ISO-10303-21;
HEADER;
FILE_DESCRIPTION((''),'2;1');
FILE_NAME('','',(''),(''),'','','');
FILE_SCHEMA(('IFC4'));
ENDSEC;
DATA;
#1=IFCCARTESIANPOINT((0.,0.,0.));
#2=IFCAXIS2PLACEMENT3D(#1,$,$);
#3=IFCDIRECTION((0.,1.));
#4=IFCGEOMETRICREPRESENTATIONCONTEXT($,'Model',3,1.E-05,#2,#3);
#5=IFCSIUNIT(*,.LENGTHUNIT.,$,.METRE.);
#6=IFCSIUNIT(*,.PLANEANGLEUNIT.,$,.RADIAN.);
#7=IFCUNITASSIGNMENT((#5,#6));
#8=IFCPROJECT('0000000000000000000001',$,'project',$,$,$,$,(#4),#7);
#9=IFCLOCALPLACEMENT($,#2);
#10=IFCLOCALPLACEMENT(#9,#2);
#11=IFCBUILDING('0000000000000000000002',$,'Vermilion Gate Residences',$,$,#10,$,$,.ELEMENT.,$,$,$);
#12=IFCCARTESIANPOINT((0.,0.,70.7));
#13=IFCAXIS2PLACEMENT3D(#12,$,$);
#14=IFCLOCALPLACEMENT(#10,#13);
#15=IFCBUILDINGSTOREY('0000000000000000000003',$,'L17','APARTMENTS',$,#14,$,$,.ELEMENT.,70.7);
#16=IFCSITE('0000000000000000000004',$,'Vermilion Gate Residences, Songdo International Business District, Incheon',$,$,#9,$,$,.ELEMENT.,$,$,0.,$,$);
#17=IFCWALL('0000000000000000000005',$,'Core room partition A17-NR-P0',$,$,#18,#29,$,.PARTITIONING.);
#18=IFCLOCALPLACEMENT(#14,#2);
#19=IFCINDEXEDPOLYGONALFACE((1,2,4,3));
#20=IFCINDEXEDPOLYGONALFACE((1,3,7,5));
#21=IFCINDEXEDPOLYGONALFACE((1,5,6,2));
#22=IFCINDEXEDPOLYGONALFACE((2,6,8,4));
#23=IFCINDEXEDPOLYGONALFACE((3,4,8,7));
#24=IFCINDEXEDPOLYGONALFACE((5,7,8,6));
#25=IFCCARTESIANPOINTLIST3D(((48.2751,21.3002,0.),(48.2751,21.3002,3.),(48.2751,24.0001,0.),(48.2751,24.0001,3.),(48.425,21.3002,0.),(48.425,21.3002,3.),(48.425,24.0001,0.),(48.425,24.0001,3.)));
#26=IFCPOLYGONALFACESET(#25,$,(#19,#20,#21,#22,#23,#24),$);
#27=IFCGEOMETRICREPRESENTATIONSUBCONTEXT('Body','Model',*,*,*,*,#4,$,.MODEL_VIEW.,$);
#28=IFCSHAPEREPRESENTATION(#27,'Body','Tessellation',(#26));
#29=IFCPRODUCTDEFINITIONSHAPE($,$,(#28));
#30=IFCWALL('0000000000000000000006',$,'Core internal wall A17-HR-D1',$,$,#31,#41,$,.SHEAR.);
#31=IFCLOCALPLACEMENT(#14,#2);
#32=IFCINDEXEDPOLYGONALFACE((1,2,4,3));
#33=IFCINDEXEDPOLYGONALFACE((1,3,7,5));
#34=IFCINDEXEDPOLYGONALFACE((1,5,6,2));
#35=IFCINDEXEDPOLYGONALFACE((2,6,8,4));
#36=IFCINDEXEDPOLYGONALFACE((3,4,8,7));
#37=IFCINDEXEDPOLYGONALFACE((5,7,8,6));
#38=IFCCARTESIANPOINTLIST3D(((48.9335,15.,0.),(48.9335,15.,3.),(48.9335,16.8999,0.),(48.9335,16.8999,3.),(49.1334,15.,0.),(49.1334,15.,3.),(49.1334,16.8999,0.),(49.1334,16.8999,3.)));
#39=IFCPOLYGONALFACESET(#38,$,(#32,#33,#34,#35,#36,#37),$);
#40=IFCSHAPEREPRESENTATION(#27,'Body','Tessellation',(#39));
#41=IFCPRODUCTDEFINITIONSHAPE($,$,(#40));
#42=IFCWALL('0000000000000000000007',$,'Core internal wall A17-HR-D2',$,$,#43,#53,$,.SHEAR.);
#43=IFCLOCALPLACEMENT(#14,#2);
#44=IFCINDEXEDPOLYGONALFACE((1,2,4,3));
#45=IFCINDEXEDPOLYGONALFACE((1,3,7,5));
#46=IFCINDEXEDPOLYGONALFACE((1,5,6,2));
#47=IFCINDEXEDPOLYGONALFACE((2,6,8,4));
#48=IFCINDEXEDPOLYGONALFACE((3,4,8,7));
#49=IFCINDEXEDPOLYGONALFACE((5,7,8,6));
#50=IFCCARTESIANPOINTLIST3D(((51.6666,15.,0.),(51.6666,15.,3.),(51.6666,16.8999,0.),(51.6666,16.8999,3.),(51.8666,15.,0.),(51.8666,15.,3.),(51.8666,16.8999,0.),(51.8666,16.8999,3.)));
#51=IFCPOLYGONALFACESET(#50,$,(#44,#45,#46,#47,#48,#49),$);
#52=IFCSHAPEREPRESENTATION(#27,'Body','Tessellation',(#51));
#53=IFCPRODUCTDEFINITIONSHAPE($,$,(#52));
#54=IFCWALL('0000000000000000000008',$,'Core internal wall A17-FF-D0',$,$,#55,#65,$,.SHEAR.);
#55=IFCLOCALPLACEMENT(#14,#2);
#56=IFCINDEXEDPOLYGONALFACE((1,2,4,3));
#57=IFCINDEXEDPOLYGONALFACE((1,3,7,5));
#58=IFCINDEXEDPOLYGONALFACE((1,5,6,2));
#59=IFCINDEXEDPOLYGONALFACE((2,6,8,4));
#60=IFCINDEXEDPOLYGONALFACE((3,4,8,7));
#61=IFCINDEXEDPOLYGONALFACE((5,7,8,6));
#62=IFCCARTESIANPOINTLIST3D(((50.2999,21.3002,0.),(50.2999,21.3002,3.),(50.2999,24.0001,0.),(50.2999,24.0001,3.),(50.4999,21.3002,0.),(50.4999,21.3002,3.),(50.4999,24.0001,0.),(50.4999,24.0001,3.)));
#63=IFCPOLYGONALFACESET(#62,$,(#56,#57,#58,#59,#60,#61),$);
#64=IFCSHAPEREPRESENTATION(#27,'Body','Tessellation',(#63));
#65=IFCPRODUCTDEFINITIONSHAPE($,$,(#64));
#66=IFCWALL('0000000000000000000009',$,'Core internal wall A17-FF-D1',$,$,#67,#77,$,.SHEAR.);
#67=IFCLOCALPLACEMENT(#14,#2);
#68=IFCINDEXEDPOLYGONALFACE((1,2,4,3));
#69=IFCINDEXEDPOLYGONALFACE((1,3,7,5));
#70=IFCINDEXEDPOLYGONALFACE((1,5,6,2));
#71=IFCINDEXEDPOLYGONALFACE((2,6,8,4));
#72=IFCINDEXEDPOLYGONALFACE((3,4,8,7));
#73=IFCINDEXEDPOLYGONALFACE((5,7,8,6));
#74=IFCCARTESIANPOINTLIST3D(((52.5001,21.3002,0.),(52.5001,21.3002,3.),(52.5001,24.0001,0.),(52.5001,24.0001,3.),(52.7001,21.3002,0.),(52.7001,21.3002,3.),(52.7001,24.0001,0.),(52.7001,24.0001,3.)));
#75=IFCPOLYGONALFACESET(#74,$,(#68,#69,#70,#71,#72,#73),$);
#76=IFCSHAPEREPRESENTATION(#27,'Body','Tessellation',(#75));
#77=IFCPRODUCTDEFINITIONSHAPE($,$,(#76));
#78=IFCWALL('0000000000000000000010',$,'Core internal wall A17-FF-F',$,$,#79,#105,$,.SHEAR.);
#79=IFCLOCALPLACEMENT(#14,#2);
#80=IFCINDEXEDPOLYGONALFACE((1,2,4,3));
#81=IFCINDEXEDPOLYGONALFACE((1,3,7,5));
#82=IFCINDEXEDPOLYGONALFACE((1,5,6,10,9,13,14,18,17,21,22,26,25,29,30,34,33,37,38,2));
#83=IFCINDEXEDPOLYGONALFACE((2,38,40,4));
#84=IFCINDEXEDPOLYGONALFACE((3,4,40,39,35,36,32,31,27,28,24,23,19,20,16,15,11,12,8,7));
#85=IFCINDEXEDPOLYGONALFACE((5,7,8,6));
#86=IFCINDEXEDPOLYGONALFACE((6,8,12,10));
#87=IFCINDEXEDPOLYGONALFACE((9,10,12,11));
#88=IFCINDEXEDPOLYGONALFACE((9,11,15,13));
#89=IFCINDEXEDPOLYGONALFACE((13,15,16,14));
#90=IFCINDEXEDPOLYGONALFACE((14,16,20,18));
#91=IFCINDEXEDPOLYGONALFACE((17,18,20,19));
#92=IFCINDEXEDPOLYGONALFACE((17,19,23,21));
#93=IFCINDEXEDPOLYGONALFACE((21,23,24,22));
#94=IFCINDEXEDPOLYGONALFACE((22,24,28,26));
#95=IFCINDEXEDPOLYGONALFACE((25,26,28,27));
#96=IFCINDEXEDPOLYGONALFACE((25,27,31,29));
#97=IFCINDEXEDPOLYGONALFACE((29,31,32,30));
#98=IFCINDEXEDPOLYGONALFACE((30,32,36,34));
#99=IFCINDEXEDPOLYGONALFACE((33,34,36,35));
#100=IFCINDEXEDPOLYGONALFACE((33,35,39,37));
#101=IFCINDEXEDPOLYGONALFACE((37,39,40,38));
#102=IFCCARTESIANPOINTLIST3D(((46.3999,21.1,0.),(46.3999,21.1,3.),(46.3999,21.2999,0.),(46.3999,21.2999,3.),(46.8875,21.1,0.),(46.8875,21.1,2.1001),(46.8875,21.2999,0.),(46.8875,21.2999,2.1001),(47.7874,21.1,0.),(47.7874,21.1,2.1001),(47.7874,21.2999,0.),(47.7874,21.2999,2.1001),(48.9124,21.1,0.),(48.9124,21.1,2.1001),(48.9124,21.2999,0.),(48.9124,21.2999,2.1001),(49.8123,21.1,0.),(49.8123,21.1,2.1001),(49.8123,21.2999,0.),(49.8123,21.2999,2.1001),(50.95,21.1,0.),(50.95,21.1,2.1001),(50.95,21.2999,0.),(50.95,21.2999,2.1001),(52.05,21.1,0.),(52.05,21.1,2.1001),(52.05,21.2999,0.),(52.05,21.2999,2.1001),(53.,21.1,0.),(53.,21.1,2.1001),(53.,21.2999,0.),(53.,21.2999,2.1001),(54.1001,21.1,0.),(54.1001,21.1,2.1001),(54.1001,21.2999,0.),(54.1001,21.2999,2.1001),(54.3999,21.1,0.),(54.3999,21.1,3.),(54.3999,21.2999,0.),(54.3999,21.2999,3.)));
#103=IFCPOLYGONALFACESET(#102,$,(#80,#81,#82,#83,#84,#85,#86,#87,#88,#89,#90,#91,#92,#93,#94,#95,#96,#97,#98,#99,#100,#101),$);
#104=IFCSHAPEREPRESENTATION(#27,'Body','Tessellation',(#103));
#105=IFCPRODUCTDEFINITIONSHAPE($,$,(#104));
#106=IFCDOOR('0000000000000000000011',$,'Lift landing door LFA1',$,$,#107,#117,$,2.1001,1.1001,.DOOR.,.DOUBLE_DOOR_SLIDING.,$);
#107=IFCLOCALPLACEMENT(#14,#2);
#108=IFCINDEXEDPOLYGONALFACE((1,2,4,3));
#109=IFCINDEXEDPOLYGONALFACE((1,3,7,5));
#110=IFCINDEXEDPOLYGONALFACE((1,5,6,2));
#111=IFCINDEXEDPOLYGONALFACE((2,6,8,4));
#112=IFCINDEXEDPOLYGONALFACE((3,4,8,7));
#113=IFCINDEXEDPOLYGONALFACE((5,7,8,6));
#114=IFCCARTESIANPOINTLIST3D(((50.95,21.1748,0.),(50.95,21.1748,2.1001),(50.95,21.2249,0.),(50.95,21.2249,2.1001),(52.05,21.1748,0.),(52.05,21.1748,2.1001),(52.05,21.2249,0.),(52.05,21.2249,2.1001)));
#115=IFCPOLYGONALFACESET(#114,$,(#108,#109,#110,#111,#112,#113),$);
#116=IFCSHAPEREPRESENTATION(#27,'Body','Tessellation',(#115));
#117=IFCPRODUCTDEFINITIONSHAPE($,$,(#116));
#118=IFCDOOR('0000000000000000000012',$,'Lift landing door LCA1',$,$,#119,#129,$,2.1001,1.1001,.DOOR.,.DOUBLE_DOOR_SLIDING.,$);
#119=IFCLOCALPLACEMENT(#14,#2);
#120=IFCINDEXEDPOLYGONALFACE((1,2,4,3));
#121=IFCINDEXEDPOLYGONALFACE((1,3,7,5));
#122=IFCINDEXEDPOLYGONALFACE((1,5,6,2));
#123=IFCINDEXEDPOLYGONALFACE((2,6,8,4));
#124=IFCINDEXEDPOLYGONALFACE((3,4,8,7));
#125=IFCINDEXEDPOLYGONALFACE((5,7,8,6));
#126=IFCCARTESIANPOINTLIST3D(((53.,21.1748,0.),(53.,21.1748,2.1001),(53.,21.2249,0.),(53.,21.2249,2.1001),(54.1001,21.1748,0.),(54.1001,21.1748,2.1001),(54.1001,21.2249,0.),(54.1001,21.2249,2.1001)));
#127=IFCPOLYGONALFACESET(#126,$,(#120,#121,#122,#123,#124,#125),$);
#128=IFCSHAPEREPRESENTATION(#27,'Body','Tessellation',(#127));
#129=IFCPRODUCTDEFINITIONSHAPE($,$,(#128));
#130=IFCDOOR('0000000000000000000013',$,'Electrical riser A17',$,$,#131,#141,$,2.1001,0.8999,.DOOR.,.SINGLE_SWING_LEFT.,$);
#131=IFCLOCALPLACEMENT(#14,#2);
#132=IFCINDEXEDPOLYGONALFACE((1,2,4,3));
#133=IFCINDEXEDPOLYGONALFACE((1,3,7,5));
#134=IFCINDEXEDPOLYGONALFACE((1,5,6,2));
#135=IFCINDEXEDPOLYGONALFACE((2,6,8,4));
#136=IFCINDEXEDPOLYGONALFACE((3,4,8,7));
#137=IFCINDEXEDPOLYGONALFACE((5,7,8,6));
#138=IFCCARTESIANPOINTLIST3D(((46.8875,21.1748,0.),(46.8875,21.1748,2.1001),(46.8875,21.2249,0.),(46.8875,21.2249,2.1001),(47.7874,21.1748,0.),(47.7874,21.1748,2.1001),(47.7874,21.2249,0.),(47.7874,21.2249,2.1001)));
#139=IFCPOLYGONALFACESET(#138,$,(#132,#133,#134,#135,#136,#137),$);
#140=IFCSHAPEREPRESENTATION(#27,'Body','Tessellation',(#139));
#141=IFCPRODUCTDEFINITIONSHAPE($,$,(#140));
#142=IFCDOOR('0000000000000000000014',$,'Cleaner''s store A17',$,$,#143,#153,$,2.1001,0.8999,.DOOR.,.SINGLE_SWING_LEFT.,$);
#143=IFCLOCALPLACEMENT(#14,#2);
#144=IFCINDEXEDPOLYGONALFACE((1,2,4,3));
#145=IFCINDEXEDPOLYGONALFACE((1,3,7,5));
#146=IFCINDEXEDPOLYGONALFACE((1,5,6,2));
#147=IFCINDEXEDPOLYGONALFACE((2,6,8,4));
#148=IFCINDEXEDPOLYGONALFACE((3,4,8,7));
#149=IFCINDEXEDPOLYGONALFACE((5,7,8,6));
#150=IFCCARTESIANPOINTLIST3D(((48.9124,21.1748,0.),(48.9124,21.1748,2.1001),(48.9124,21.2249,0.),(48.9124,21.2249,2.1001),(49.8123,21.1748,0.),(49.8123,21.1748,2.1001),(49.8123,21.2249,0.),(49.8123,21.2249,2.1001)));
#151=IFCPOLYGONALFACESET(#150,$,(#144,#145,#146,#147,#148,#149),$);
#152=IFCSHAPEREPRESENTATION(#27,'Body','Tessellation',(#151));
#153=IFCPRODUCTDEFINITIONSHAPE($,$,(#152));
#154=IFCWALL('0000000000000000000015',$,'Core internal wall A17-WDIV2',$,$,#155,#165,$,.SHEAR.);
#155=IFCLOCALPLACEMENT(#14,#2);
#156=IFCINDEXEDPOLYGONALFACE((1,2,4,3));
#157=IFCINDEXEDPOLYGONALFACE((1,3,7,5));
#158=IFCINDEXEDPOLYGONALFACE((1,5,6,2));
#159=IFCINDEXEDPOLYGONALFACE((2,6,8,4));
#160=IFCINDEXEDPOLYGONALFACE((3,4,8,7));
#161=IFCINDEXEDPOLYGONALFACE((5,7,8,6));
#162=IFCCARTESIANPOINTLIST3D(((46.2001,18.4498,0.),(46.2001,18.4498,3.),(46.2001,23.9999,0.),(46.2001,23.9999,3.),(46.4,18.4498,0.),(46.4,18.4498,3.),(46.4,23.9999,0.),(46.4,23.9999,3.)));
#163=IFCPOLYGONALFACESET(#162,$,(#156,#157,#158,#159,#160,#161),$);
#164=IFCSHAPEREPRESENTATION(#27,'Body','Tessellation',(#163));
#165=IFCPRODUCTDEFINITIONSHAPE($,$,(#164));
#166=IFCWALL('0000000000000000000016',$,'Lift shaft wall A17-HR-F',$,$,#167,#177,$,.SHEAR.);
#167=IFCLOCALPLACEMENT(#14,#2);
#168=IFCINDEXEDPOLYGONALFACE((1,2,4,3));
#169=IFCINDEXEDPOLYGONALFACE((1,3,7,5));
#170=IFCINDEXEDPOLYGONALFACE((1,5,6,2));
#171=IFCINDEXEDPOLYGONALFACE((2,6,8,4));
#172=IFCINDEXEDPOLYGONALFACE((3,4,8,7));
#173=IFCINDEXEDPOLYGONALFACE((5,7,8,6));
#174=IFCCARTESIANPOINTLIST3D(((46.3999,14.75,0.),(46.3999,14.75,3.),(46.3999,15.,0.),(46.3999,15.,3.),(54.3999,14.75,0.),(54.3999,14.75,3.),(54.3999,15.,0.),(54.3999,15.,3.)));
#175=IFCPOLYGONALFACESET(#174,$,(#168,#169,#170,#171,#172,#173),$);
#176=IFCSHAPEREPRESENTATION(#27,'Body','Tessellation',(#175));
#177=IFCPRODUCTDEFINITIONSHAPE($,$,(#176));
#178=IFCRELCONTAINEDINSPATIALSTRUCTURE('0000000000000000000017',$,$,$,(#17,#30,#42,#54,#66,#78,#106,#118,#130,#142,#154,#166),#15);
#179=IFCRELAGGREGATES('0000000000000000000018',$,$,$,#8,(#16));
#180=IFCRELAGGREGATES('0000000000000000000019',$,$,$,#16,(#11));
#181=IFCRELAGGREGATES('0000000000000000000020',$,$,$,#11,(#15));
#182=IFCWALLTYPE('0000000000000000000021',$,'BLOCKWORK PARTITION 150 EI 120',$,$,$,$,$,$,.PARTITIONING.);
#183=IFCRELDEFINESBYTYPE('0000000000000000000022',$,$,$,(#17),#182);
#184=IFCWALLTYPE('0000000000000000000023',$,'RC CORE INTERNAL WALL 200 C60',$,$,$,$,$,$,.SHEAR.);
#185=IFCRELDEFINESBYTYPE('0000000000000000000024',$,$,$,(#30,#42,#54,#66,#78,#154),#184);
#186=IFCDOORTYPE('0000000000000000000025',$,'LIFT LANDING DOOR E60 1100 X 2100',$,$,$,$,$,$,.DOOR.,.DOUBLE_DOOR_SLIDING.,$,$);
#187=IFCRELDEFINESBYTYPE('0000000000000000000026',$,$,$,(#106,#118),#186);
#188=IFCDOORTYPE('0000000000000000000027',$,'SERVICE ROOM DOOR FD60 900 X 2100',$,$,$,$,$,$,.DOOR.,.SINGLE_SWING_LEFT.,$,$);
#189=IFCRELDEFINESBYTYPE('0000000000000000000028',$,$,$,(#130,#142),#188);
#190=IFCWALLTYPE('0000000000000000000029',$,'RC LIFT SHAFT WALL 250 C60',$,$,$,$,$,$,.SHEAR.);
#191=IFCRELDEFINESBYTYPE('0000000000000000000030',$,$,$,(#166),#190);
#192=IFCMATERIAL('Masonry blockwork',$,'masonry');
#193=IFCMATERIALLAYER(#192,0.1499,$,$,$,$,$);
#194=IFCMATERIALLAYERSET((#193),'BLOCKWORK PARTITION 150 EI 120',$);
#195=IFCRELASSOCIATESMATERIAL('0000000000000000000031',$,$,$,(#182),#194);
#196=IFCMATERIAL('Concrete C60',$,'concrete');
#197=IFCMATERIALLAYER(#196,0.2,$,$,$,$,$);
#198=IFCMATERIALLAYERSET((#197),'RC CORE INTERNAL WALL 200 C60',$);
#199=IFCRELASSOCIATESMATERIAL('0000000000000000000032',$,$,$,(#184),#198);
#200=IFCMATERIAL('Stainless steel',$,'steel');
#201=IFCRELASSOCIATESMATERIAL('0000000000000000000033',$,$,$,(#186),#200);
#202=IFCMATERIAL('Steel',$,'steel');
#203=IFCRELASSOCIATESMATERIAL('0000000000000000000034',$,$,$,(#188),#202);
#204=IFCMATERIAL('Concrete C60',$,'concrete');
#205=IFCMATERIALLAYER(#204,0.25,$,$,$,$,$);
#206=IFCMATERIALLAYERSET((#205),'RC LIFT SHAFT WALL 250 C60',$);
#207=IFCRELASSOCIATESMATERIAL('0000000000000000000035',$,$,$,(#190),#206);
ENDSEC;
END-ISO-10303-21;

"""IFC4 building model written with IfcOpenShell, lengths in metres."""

from ifc_helpers import new_model, si_unit, direction, frame, frame_2d, origin, place, context, subcontext, project, spatial, rectangle, extrude, material, layer, layer_set, type_object, element, fill, save


model = new_model("IFC4")

# Units and contexts
model_context = context("Model", 3, precision=1e-05, world=origin(), true_north=direction((0.0, 1.0)))
body_context = subcontext(model_context, "Body", "Model", "MODEL_VIEW")
ifc_project = project(units=[si_unit("LENGTHUNIT", "METRE"), si_unit("PLANEANGLEUNIT", "RADIAN")], contexts=[model_context])

# Site, building, storey
site_placement = place(None, origin())
site = spatial("IfcSite", under=ifc_project, at=site_placement, Name="Vermilion Gate Residences, Songdo International Business District, Incheon", CompositionType="ELEMENT", RefElevation=0.0)
building_placement = place(site_placement, origin())
building = spatial("IfcBuilding", under=site, at=building_placement, Name="Vermilion Gate Residences", CompositionType="ELEMENT")
storey_placement = place(building_placement, frame((0.0, 0.0, 70.7)))
storey = spatial("IfcBuildingStorey", under=building, at=storey_placement, Name="L17", Description="APARTMENTS", CompositionType="ELEMENT", Elevation=70.7)

# Walls
ifc_material_1 = material(Name="Masonry blockwork", Category="masonry")
ifc_layer_1 = layer(ifc_material_1, 0.1499)
ifc_layer_set_1 = layer_set([ifc_layer_1], Name="BLOCKWORK PARTITION 150 EI 120")
wall_type_1 = type_object("IfcWallType", Name="BLOCKWORK PARTITION 150 EI 120", PredefinedType="PARTITIONING", material=ifc_layer_set_1)
wall_1_placement = place(storey_placement, frame((48.3501, 21.3, 0.0), z_axis=(0.0, 0.0, 1.0), x_axis=(0.0, 1.0, 0.0)))
element("IfcWall", 1, at=wall_1_placement, inside=storey, type_object=wall_type_1, Name="Core room partition A17-NR-P0", PredefinedType="PARTITIONING", context=body_context, shape_type="SweptSolid", body=[
    extrude(rectangle(XDim=2.7, YDim=0.1499, at=frame_2d((1.3501, 0.0))), origin(), (0.0, 0.0, 1.0), 3.0),
])
ifc_material_2 = material(Name="Concrete C60", Category="concrete")
ifc_layer_2 = layer(ifc_material_2, 0.2)
ifc_layer_set_2 = layer_set([ifc_layer_2], Name="RC CORE INTERNAL WALL 200 C60")
wall_type_2 = type_object("IfcWallType", Name="RC CORE INTERNAL WALL 200 C60", PredefinedType="SHEAR", material=ifc_layer_set_2)
for number, where, z_axis, x_axis, name in (
    (2, (49.0334, 15.0, 0.0), (0.0, 0.0, 1.0), (0.0, 1.0, 0.0), "Core internal wall A17-HR-D1"),
    (3, (51.7666, 15.0, 0.0), (0.0, 0.0, 1.0), (0.0, 1.0, 0.0), "Core internal wall A17-HR-D2"),
):
    element("IfcWall", number, at=place(storey_placement, frame(where, z_axis=z_axis, x_axis=x_axis)), inside=storey, type_object=wall_type_2, Name=name, PredefinedType="SHEAR", context=body_context, shape_type="SweptSolid", body=[
        extrude(rectangle(XDim=1.8999, YDim=0.2, at=frame_2d((0.95, 0.0))), origin(), (0.0, 0.0, 1.0), 3.0),
    ])
for number, where, z_axis, x_axis, name in (
    (4, (50.3999, 21.3, 0.0), (0.0, 0.0, 1.0), (0.0, 1.0, 0.0), "Core internal wall A17-FF-D0"),
    (5, (52.6001, 21.3, 0.0), (0.0, 0.0, 1.0), (0.0, 1.0, 0.0), "Core internal wall A17-FF-D1"),
):
    element("IfcWall", number, at=place(storey_placement, frame(where, z_axis=z_axis, x_axis=x_axis)), inside=storey, type_object=wall_type_2, Name=name, PredefinedType="SHEAR", context=body_context, shape_type="SweptSolid", body=[
        extrude(rectangle(XDim=2.7, YDim=0.2, at=frame_2d((1.3501, 0.0))), origin(), (0.0, 0.0, 1.0), 3.0),
    ])

# Wall, openings, doors
wall_2_placement = place(storey_placement, frame((46.3999, 21.2, 0.0), z_axis=(0.0, 0.0, 1.0), x_axis=(1.0, 0.0, 0.0)))
wall_2 = element("IfcWall", 6, at=wall_2_placement, inside=storey, type_object=wall_type_2, Name="Core internal wall A17-FF-F", PredefinedType="SHEAR", context=body_context, shape_type="SweptSolid", body=[
    extrude(rectangle(XDim=8.0, YDim=0.2, at=frame_2d((4.0, 0.0))), origin(), (0.0, 0.0, 1.0), 3.0),
])
opening_1_placement = place(wall_2_placement, frame((0.4875, 0.0, 0.0)))
opening_1 = element("IfcOpeningElement", 7, at=opening_1_placement, cuts=wall_2, PredefinedType="OPENING", context=body_context, shape_type="SweptSolid", body=[
    extrude(rectangle(XDim=0.8999, YDim=2.1001, at=frame_2d((0.45, 1.05))), frame((0.0, 0.1099, 0.0), z_axis=(0.0, -1.0, 0.0), x_axis=(1.0, 0.0, 0.0)), (0.0, 0.0, 1.0), 0.22),
])
opening_2_placement = place(wall_2_placement, frame((2.5125, 0.0, 0.0)))
opening_2 = element("IfcOpeningElement", 8, at=opening_2_placement, cuts=wall_2, PredefinedType="OPENING", context=body_context, shape_type="SweptSolid", body=[
    extrude(rectangle(XDim=0.8999, YDim=2.1001, at=frame_2d((0.45, 1.05))), frame((0.0, 0.1099, 0.0), z_axis=(0.0, -1.0, 0.0), x_axis=(1.0, 0.0, 0.0)), (0.0, 0.0, 1.0), 0.22),
])
opening_3_placement = place(wall_2_placement, frame((4.55, 0.0, 0.0)))
opening_3 = element("IfcOpeningElement", 9, at=opening_3_placement, cuts=wall_2, PredefinedType="OPENING", context=body_context, shape_type="SweptSolid", body=[
    extrude(rectangle(XDim=1.1001, YDim=2.1001, at=frame_2d((0.55, 1.05))), frame((0.0, 0.1099, 0.0), z_axis=(0.0, -1.0, 0.0), x_axis=(1.0, 0.0, 0.0)), (0.0, 0.0, 1.0), 0.22),
])
opening_4_placement = place(wall_2_placement, frame((6.6001, 0.0, 0.0)))
opening_4 = element("IfcOpeningElement", 10, at=opening_4_placement, cuts=wall_2, PredefinedType="OPENING", context=body_context, shape_type="SweptSolid", body=[
    extrude(rectangle(XDim=1.1001, YDim=2.1001, at=frame_2d((0.55, 1.05))), frame((0.0, 0.1099, 0.0), z_axis=(0.0, -1.0, 0.0), x_axis=(1.0, 0.0, 0.0)), (0.0, 0.0, 1.0), 0.22),
])
ifc_material_3 = material(Name="Stainless steel", Category="steel")
door_type_1 = type_object("IfcDoorType", Name="LIFT LANDING DOOR E60 1100 X 2100", OperationType="DOUBLE_DOOR_SLIDING", PredefinedType="DOOR", material=ifc_material_3)
door_1_placement = place(opening_3_placement, origin())
door_1 = element("IfcDoor", 11, at=door_1_placement, inside=storey, type_object=door_type_1, Name="Lift landing door LFA1", OperationType="DOUBLE_DOOR_SLIDING", OverallHeight=2.1001, OverallWidth=1.1001, PredefinedType="DOOR", context=body_context, shape_type="SweptSolid", body=[
    extrude(rectangle(XDim=1.1001, YDim=2.1001, at=frame_2d((0.55, 1.05))), frame((0.0, 0.0249, 0.0), z_axis=(0.0, -1.0, 0.0), x_axis=(1.0, 0.0, 0.0)), (0.0, 0.0, 1.0), 0.05),
])
fill(opening_3, door_1)
door_2_placement = place(opening_4_placement, origin())
door_2 = element("IfcDoor", 12, at=door_2_placement, inside=storey, type_object=door_type_1, Name="Lift landing door LCA1", OperationType="DOUBLE_DOOR_SLIDING", OverallHeight=2.1001, OverallWidth=1.1001, PredefinedType="DOOR", context=body_context, shape_type="SweptSolid", body=[
    extrude(rectangle(XDim=1.1001, YDim=2.1001, at=frame_2d((0.55, 1.05))), frame((0.0, 0.0249, 0.0), z_axis=(0.0, -1.0, 0.0), x_axis=(1.0, 0.0, 0.0)), (0.0, 0.0, 1.0), 0.05),
])
fill(opening_4, door_2)
ifc_material_4 = material(Name="Steel", Category="steel")
door_type_2 = type_object("IfcDoorType", Name="SERVICE ROOM DOOR FD60 900 X 2100", OperationType="SINGLE_SWING_LEFT", PredefinedType="DOOR", material=ifc_material_4)
door_3_placement = place(opening_1_placement, origin())
door_3 = element("IfcDoor", 13, at=door_3_placement, inside=storey, type_object=door_type_2, Name="Electrical riser A17", OperationType="SINGLE_SWING_LEFT", OverallHeight=2.1001, OverallWidth=0.8999, PredefinedType="DOOR", context=body_context, shape_type="SweptSolid", body=[
    extrude(rectangle(XDim=0.8999, YDim=2.1001, at=frame_2d((0.45, 1.05))), frame((0.0, 0.0249, 0.0), z_axis=(0.0, -1.0, 0.0), x_axis=(1.0, 0.0, 0.0)), (0.0, 0.0, 1.0), 0.05),
])
fill(opening_1, door_3)
door_4_placement = place(opening_2_placement, origin())
door_4 = element("IfcDoor", 14, at=door_4_placement, inside=storey, type_object=door_type_2, Name="Cleaner's store A17", OperationType="SINGLE_SWING_LEFT", OverallHeight=2.1001, OverallWidth=0.8999, PredefinedType="DOOR", context=body_context, shape_type="SweptSolid", body=[
    extrude(rectangle(XDim=0.8999, YDim=2.1001, at=frame_2d((0.45, 1.05))), frame((0.0, 0.0249, 0.0), z_axis=(0.0, -1.0, 0.0), x_axis=(1.0, 0.0, 0.0)), (0.0, 0.0, 1.0), 0.05),
])
fill(opening_2, door_4)

# Walls
wall_3_placement = place(storey_placement, frame((46.3, 18.45, 0.0), z_axis=(0.0, 0.0, 1.0), x_axis=(0.0, 1.0, 0.0)))
element("IfcWall", 15, at=wall_3_placement, inside=storey, type_object=wall_type_2, Name="Core internal wall A17-WDIV2", PredefinedType="SHEAR", context=body_context, shape_type="SweptSolid", body=[
    extrude(rectangle(XDim=5.55, YDim=0.2, at=frame_2d((2.7749, 0.0))), origin(), (0.0, 0.0, 1.0), 3.0),
])
ifc_material_5 = material(Name="Concrete C60", Category="concrete")
ifc_layer_3 = layer(ifc_material_5, 0.25)
ifc_layer_set_3 = layer_set([ifc_layer_3], Name="RC LIFT SHAFT WALL 250 C60")
wall_type_3 = type_object("IfcWallType", Name="RC LIFT SHAFT WALL 250 C60", PredefinedType="SHEAR", material=ifc_layer_set_3)
for number, where, z_axis, x_axis, name in (
    (16, (46.3999, 14.875, 0.0), (0.0, 0.0, 1.0), (1.0, 0.0, 0.0), "Lift shaft wall A17-HR-F"),
):
    element("IfcWall", number, at=place(storey_placement, frame(where, z_axis=z_axis, x_axis=x_axis)), inside=storey, type_object=wall_type_3, Name=name, PredefinedType="SHEAR", context=body_context, shape_type="SweptSolid", body=[
        extrude(rectangle(XDim=8.0, YDim=0.25, at=frame_2d((4.0, 0.0))), origin(), (0.0, 0.0, 1.0), 3.0),
    ])

save(model, "model.ifc")
